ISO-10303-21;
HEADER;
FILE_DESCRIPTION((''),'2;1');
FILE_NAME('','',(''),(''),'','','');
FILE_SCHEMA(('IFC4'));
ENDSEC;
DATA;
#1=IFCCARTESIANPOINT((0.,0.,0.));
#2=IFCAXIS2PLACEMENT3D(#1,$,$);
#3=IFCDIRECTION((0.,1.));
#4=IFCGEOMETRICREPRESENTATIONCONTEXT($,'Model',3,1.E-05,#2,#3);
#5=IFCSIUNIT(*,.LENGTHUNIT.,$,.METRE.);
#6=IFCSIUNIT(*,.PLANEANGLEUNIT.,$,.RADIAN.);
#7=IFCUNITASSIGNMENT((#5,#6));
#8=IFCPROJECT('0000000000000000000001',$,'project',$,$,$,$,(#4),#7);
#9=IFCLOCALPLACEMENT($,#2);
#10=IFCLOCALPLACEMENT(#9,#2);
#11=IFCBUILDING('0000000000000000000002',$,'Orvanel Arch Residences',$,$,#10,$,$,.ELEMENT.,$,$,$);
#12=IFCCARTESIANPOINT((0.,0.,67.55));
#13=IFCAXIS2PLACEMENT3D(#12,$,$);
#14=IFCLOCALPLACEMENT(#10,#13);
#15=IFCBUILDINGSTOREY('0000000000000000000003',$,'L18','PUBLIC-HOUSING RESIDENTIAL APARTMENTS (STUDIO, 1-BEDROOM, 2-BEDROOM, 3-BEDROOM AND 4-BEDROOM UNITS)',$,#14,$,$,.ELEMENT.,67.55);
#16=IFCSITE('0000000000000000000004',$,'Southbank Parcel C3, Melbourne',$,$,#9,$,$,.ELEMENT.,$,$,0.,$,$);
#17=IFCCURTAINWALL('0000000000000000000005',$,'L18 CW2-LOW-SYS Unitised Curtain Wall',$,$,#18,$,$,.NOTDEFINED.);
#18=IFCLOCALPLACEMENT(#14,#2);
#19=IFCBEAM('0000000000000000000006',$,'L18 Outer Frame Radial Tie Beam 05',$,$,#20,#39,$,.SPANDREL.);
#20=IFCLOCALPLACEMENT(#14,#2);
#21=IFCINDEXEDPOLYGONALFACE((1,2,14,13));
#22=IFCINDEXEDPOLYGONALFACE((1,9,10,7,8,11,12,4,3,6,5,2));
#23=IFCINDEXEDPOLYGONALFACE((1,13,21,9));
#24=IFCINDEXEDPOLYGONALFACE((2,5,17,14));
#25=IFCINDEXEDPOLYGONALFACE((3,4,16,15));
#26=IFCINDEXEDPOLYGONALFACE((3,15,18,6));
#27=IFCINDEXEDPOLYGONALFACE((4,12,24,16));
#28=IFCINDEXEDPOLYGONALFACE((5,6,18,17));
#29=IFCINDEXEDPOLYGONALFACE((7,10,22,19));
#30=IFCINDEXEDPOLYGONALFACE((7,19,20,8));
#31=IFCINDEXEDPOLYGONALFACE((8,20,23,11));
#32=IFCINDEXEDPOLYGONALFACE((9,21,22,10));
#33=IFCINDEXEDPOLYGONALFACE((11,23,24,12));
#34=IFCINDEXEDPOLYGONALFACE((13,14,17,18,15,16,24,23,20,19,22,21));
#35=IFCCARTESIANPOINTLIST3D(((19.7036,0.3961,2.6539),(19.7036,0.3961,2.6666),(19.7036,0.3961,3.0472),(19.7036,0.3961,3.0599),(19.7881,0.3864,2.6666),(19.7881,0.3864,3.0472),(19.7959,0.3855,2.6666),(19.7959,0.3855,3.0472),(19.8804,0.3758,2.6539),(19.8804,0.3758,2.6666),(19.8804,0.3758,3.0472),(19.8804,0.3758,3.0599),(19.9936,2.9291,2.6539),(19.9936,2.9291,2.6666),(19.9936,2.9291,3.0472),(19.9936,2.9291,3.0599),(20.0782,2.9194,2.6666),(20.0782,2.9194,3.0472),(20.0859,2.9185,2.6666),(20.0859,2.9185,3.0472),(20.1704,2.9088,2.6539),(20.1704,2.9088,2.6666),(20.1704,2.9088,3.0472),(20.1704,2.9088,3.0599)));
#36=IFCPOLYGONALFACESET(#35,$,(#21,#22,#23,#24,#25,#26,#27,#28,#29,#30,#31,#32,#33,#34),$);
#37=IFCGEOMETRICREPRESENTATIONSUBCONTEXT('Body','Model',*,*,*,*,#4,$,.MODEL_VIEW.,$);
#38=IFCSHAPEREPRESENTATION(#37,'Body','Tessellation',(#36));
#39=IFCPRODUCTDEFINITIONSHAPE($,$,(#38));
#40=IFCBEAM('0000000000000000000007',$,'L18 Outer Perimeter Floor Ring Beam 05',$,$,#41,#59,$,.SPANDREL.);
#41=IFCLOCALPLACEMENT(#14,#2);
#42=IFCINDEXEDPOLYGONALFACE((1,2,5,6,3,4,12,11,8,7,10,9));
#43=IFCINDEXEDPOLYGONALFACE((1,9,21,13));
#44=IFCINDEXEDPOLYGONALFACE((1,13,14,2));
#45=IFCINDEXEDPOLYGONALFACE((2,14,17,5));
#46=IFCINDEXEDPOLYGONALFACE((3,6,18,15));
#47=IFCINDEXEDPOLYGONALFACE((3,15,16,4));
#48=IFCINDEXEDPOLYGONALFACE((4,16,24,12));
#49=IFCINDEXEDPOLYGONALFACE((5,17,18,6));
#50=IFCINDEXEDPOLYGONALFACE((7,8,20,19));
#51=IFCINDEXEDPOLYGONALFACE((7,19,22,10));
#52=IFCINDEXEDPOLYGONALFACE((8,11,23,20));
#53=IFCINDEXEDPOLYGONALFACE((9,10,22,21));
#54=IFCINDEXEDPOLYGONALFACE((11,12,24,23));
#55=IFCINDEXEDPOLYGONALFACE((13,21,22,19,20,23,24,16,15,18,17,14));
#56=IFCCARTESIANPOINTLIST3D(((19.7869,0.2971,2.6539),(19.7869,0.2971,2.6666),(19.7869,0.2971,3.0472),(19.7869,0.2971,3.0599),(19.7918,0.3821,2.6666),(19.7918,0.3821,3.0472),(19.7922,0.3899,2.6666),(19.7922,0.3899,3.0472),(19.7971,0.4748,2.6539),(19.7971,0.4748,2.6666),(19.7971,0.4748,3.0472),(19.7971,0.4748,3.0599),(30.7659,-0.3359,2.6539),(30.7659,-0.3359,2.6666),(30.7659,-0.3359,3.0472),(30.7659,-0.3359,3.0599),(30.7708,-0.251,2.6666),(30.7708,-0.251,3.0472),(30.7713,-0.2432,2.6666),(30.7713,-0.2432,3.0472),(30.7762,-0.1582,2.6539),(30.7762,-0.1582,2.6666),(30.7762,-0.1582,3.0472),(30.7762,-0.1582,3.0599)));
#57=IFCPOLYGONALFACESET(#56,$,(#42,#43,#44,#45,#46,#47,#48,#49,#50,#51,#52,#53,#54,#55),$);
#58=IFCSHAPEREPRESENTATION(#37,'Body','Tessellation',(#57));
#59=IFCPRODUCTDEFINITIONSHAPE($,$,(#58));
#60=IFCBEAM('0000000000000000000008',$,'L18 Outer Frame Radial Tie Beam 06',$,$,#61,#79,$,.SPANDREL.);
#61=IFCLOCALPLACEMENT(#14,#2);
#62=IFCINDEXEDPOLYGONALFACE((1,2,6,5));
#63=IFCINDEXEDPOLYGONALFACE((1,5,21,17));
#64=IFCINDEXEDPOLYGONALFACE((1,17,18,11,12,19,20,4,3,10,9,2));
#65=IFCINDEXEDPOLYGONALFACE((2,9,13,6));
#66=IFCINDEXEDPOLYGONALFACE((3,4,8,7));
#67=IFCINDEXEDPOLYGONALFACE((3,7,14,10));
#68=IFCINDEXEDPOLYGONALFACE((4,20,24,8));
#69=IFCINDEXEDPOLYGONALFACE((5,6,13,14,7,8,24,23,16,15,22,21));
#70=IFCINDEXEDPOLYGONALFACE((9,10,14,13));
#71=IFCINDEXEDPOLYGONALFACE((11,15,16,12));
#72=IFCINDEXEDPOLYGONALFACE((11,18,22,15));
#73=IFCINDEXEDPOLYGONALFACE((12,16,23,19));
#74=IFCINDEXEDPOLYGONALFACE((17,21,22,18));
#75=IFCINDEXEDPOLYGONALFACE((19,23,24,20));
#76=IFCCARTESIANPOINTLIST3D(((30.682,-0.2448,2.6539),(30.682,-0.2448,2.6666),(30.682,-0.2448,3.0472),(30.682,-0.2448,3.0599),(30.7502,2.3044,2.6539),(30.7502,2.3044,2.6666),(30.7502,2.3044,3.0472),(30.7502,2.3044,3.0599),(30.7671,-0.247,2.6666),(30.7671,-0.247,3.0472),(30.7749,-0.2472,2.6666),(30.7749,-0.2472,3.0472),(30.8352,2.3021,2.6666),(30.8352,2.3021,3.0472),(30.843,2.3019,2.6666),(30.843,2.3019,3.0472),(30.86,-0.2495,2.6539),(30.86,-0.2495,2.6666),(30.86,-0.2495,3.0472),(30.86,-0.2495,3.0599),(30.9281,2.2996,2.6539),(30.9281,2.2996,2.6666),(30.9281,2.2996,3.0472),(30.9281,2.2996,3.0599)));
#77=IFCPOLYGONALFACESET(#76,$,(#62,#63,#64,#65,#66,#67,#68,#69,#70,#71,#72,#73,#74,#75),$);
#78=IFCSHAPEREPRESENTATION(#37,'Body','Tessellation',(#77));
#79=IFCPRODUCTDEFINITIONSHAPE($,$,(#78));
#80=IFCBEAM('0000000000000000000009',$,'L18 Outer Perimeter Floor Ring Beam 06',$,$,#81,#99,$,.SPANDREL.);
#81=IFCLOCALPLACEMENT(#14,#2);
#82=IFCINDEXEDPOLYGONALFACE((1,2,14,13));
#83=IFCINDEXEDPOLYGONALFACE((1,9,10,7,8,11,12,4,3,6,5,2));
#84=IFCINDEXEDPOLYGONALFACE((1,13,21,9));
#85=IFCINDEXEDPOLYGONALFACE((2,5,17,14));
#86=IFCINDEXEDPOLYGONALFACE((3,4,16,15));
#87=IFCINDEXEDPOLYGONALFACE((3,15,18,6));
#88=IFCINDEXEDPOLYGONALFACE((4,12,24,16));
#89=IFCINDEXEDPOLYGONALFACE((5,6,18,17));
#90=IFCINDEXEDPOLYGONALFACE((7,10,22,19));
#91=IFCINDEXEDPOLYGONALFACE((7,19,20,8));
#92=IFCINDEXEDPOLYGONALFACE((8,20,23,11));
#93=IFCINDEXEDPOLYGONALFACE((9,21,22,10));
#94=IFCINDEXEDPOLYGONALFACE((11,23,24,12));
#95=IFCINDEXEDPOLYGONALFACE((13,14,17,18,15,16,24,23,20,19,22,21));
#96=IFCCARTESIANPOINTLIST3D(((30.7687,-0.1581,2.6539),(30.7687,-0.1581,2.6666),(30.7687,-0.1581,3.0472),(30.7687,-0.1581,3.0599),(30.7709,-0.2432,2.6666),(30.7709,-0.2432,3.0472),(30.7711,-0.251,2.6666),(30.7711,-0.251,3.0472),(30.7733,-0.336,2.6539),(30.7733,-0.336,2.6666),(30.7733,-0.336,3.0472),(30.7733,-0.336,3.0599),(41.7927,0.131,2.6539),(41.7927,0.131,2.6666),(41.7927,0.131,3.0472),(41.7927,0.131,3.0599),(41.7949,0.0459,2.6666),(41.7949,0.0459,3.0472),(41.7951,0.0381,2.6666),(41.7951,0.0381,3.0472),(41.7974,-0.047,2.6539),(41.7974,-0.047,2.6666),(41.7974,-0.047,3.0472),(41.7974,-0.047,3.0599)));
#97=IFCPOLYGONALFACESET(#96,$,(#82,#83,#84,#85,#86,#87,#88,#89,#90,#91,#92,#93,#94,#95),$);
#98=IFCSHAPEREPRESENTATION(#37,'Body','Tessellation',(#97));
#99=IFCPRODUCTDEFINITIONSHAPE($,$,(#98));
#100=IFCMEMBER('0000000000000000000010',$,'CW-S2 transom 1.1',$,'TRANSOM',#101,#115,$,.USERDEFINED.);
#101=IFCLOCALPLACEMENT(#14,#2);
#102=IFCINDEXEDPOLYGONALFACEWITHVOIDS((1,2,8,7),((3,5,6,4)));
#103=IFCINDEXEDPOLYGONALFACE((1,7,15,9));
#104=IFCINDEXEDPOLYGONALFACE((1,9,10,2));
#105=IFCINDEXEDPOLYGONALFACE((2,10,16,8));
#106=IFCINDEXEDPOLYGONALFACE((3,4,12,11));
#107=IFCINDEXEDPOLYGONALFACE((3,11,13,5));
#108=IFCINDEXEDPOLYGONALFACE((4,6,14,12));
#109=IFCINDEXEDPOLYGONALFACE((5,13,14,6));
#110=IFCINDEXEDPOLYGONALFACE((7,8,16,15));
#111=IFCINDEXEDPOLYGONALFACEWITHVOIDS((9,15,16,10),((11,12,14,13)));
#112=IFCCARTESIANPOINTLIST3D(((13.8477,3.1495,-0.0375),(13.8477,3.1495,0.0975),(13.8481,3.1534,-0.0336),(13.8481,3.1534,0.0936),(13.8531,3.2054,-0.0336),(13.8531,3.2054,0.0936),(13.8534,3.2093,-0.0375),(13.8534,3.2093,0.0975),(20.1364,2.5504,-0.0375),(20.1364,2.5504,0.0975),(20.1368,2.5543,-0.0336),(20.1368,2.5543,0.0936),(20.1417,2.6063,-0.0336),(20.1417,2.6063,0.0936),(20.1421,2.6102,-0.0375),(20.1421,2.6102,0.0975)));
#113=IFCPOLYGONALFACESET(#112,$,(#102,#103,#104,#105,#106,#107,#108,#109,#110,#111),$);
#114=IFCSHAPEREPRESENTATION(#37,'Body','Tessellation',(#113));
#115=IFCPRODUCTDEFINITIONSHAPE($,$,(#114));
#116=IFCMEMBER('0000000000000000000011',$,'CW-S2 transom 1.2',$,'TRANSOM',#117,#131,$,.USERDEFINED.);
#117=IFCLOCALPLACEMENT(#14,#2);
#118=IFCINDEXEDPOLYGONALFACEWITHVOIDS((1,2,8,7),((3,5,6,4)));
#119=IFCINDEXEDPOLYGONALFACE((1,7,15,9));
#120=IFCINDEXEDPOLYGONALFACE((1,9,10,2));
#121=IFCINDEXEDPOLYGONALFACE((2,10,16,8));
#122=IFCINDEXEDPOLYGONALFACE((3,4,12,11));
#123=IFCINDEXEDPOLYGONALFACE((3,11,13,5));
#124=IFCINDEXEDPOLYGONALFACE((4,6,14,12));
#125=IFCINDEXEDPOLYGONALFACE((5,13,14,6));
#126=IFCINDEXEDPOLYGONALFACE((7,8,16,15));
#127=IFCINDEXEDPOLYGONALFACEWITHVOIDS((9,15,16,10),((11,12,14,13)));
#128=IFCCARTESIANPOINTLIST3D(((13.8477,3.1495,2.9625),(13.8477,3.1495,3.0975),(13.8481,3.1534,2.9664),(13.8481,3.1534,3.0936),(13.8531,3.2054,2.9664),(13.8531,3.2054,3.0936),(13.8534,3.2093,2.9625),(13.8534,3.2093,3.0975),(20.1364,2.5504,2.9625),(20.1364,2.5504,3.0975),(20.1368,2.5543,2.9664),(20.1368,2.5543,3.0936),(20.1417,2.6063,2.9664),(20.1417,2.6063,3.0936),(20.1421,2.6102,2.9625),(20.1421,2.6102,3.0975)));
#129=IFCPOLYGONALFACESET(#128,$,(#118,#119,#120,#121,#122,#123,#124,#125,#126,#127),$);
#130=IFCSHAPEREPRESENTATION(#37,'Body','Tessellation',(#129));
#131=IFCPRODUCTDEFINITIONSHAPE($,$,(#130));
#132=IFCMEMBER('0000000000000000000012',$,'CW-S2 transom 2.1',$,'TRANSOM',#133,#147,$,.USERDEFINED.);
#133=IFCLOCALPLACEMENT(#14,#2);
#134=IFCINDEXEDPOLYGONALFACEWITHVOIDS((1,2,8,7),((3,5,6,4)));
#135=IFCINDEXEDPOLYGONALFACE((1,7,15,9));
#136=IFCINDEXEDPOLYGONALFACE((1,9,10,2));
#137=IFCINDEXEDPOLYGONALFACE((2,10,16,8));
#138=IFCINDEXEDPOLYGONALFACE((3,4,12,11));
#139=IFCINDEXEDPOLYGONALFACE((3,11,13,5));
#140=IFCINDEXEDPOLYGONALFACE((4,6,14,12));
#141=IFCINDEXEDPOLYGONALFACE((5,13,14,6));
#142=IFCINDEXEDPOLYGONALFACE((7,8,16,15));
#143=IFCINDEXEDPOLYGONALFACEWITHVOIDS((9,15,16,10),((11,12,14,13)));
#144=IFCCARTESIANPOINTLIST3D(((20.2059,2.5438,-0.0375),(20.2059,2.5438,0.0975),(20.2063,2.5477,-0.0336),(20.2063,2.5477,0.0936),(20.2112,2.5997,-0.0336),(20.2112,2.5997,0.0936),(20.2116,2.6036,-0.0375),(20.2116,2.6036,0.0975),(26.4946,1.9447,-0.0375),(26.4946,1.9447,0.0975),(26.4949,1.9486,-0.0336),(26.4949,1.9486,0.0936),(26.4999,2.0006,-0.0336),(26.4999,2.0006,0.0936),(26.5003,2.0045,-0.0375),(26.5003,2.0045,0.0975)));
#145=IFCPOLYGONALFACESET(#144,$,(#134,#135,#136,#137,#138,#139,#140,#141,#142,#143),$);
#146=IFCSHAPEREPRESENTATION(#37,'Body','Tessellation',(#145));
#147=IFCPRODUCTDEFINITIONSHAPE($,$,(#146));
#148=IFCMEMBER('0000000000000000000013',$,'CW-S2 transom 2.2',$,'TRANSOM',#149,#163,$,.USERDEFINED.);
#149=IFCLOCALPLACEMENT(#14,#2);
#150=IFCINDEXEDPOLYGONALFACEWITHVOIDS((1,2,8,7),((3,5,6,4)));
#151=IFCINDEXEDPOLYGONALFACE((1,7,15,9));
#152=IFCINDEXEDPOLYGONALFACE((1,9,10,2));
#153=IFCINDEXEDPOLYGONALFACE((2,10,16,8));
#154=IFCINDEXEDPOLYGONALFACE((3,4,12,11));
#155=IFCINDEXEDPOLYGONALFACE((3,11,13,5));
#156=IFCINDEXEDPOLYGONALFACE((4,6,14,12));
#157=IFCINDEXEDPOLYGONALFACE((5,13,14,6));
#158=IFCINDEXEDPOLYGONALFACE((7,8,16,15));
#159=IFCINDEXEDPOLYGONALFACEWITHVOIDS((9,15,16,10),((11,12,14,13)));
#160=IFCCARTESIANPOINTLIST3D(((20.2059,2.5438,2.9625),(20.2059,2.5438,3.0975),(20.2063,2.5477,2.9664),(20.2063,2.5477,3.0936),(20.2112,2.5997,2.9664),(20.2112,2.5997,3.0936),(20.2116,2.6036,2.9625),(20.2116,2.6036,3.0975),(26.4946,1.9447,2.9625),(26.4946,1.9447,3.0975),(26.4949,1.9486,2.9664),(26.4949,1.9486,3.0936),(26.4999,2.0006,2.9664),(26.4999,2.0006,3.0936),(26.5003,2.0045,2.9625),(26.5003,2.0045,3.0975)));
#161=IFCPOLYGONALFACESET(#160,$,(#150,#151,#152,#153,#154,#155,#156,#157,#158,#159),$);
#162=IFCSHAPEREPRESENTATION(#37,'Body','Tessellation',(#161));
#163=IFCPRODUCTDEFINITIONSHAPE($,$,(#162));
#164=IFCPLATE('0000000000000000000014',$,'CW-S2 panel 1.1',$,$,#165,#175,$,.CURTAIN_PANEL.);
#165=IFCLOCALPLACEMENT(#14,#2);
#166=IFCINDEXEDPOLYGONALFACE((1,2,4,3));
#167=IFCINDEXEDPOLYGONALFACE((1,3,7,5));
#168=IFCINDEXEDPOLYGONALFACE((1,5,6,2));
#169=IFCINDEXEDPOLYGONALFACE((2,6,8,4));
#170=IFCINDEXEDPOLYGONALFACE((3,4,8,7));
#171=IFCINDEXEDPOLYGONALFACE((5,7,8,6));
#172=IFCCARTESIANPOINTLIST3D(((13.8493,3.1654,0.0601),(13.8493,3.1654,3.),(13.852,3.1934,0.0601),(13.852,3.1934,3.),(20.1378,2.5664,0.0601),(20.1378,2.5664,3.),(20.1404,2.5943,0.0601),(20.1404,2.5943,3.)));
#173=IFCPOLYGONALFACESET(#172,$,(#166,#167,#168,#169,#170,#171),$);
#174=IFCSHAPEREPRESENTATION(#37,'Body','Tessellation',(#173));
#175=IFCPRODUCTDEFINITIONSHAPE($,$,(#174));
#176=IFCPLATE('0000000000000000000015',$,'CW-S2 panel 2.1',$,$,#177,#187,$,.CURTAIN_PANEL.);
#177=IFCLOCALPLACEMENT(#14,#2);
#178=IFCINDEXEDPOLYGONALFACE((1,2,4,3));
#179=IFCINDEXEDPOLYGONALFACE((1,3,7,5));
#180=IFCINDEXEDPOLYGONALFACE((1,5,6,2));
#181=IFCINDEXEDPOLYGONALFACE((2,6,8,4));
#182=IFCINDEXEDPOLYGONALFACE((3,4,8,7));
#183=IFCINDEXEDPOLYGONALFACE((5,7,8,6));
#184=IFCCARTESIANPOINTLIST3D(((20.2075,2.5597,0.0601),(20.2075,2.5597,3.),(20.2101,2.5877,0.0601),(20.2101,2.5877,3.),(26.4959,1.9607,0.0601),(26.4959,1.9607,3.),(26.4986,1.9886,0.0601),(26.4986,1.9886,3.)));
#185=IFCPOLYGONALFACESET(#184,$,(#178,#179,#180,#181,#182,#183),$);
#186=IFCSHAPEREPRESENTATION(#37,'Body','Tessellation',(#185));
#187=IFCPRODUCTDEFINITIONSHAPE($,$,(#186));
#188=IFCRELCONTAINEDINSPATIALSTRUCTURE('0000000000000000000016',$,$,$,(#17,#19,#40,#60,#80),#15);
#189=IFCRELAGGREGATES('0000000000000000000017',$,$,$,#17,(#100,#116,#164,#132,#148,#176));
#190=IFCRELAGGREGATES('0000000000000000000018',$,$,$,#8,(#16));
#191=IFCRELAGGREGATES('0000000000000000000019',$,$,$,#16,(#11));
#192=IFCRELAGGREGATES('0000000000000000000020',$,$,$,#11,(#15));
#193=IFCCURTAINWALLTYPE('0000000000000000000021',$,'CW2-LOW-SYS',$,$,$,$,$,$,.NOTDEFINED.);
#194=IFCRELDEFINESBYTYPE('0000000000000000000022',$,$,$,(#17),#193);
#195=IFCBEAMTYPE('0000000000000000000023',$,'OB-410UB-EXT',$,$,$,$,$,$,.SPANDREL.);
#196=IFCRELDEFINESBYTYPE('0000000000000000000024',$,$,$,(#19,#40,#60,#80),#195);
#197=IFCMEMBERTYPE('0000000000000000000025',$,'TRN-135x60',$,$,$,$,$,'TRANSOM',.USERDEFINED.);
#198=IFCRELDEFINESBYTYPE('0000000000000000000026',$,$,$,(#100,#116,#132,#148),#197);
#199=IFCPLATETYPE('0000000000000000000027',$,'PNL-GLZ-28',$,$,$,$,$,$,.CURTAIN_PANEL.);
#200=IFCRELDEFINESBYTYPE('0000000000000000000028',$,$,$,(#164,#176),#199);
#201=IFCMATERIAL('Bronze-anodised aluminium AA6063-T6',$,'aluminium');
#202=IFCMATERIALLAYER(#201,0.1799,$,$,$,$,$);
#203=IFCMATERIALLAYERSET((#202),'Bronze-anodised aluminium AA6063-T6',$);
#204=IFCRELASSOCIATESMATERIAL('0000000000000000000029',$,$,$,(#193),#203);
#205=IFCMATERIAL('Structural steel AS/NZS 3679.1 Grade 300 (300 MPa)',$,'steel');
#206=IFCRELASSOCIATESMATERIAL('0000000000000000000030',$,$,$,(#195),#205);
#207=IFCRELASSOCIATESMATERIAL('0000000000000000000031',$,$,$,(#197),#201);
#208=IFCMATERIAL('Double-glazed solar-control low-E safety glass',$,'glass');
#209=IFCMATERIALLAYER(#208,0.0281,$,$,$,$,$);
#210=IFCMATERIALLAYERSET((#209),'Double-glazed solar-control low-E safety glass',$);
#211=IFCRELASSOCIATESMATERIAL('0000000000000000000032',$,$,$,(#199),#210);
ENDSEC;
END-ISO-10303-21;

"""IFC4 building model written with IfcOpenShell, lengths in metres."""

from ifc_helpers import new_model, si_unit, direction, frame, origin, origin_2d, place, context, subcontext, project, spatial, rectangle, hollow_rectangle, i_section, extrude, material, layer, layer_set, material_profile, profile_set, type_object, element, aggregate, save


model = new_model("IFC4")

# Units and contexts
model_context = context("Model", 3, precision=1e-05, world=origin(), true_north=direction((0.0, 1.0)))
body_context = subcontext(model_context, "Body", "Model", "MODEL_VIEW")
ifc_project = project(units=[si_unit("LENGTHUNIT", "METRE"), si_unit("PLANEANGLEUNIT", "RADIAN")], contexts=[model_context])

# Site, building, storey
site_placement = place(None, origin())
site = spatial("IfcSite", under=ifc_project, at=site_placement, Name="Southbank Parcel C3, Melbourne", CompositionType="ELEMENT", RefElevation=0.0)
building_placement = place(site_placement, origin())
building = spatial("IfcBuilding", under=site, at=building_placement, Name="Orvanel Arch Residences", CompositionType="ELEMENT")
storey_placement = place(building_placement, frame((0.0, 0.0, 67.55)))
storey = spatial("IfcBuildingStorey", under=building, at=storey_placement, Name="L18", Description="PUBLIC-HOUSING RESIDENTIAL APARTMENTS (STUDIO, 1-BEDROOM, 2-BEDROOM, 3-BEDROOM AND 4-BEDROOM UNITS)", CompositionType="ELEMENT", Elevation=67.55)

# Shared definitions
ifc_material_1 = material(Name="Bronze-anodised aluminium AA6063-T6", Category="aluminium")

# Curtain wall
ifc_layer_1 = layer(ifc_material_1, 0.1799)
ifc_layer_set_1 = layer_set([ifc_layer_1], Name="Bronze-anodised aluminium AA6063-T6")
curtain_wall_type_1 = type_object("IfcCurtainWallType", Name="CW2-LOW-SYS", PredefinedType="NOTDEFINED", material=ifc_layer_set_1)
curtain_wall_1_placement = place(storey_placement, origin())
curtain_wall_1 = element("IfcCurtainWall", 1, at=curtain_wall_1_placement, inside=storey, type_object=curtain_wall_type_1, Name="L18 CW2-LOW-SYS Unitised Curtain Wall", PredefinedType="NOTDEFINED")

# Beams
ifc_material_2 = material(Name="Structural steel AS/NZS 3679.1 Grade 300 (300 MPa)", Category="steel")
ifc_material_profile_1 = material_profile(ifc_material_2, i_section(OverallWidth=0.178, OverallDepth=0.406, WebThickness=0.0078, FlangeThickness=0.0127, at=origin_2d()), Name="410UB59.7")
ifc_profile_set_1 = profile_set([ifc_material_profile_1], Name="Structural steel AS/NZS 3679.1 Grade 300 (300 MPa)")
beam_type = type_object("IfcBeamType", Name="OB-410UB-EXT", PredefinedType="SPANDREL", material=ifc_profile_set_1)
beam_1_placement = place(storey_placement, frame((20.082, 2.9189, 2.8569), z_axis=(-0.113763, -0.993508, 0.0), x_axis=(0.993508, -0.113763, 0.0)))
element("IfcBeam", 2, at=beam_1_placement, inside=storey, type_object=beam_type, Name="L18 Outer Frame Radial Tie Beam 05", PredefinedType="SPANDREL", context=body_context, shape_type="SweptSolid", body=[
    extrude(i_section(OverallWidth=0.178, OverallDepth=0.406, WebThickness=0.0078, FlangeThickness=0.0127, at=origin_2d()), origin(), (0.0, 0.0, 1.0), 2.5496),
])
beam_2_placement = place(storey_placement, frame((19.792, 0.386, 2.8569), z_axis=(0.998342, -0.057565, 0.0), x_axis=(0.057565, 0.998342, 0.0)))
element("IfcBeam", 3, at=beam_2_placement, inside=storey, type_object=beam_type, Name="L18 Outer Perimeter Floor Ring Beam 05", PredefinedType="SPANDREL", context=body_context, shape_type="SweptSolid", body=[
    extrude(i_section(OverallWidth=0.178, OverallDepth=0.406, WebThickness=0.0078, FlangeThickness=0.0127, at=origin_2d()), origin(), (0.0, 0.0, 1.0), 10.9973),
])
beam_3_placement = place(storey_placement, frame((30.8391, 2.302, 2.8569), z_axis=(-0.026712, -0.999643, 0.0), x_axis=(0.999643, -0.026712, 0.0)))
element("IfcBeam", 4, at=beam_3_placement, inside=storey, type_object=beam_type, Name="L18 Outer Frame Radial Tie Beam 06", PredefinedType="SPANDREL", context=body_context, shape_type="SweptSolid", body=[
    extrude(i_section(OverallWidth=0.178, OverallDepth=0.406, WebThickness=0.0078, FlangeThickness=0.0127, at=origin_2d()), origin(), (0.0, 0.0, 1.0), 2.55),
])
beam_4_placement = place(storey_placement, frame((30.771, -0.2471, 2.8569), z_axis=(0.999656, 0.026212, 0.0), x_axis=(-0.026212, 0.999656, 0.0)))
element("IfcBeam", 5, at=beam_4_placement, inside=storey, type_object=beam_type, Name="L18 Outer Perimeter Floor Ring Beam 06", PredefinedType="SPANDREL", context=body_context, shape_type="SweptSolid", body=[
    extrude(i_section(OverallWidth=0.178, OverallDepth=0.406, WebThickness=0.0078, FlangeThickness=0.0127, at=origin_2d()), origin(), (0.0, 0.0, 1.0), 11.0278),
])

# Members
ifc_material_profile_2 = material_profile(ifc_material_1, hollow_rectangle(XDim=0.0601, YDim=0.135, WallThickness=0.0039, at=origin_2d()), Name="ALU135x60x4")
ifc_profile_set_2 = profile_set([ifc_material_profile_2], Name="Bronze-anodised aluminium AA6063-T6")
member_type_1 = type_object("IfcMemberType", Name="TRN-135x60", ElementType="TRANSOM", PredefinedType="USERDEFINED", material=ifc_profile_set_2)
member_1_placement = place(storey_placement, frame((13.8506, 3.1794, 0.03), z_axis=(0.995492, -0.094842, 0.0), x_axis=(0.094842, 0.995492, 0.0)))
member_1 = element("IfcMember", 6, at=member_1_placement, type_object=member_type_1, Name="CW-S2 transom 1.1", ObjectType="TRANSOM", PredefinedType="USERDEFINED", context=body_context, shape_type="SweptSolid", body=[
    extrude(hollow_rectangle(XDim=0.0601, YDim=0.135, WallThickness=0.0039, at=origin_2d()), origin(), (0.0, 0.0, 1.0), 6.3171),
])
member_2_placement = place(storey_placement, frame((13.8506, 3.1794, 3.03), z_axis=(0.995492, -0.094842, 0.0), x_axis=(0.094842, 0.995492, 0.0)))
member_2 = element("IfcMember", 7, at=member_2_placement, type_object=member_type_1, Name="CW-S2 transom 1.2", ObjectType="TRANSOM", PredefinedType="USERDEFINED", context=body_context, shape_type="SweptSolid", body=[
    extrude(hollow_rectangle(XDim=0.0601, YDim=0.135, WallThickness=0.0039, at=origin_2d()), origin(), (0.0, 0.0, 1.0), 6.3171),
])
member_3_placement = place(storey_placement, frame((20.2087, 2.5737, 0.03), z_axis=(0.995492, -0.094842, 0.0), x_axis=(0.094842, 0.995492, 0.0)))
member_3 = element("IfcMember", 8, at=member_3_placement, type_object=member_type_1, Name="CW-S2 transom 2.1", ObjectType="TRANSOM", PredefinedType="USERDEFINED", context=body_context, shape_type="SweptSolid", body=[
    extrude(hollow_rectangle(XDim=0.0601, YDim=0.135, WallThickness=0.0039, at=origin_2d()), origin(), (0.0, 0.0, 1.0), 6.3171),
])
member_4_placement = place(storey_placement, frame((20.2087, 2.5737, 3.03), z_axis=(0.995492, -0.094842, 0.0), x_axis=(0.094842, 0.995492, 0.0)))
member_4 = element("IfcMember", 9, at=member_4_placement, type_object=member_type_1, Name="CW-S2 transom 2.2", ObjectType="TRANSOM", PredefinedType="USERDEFINED", context=body_context, shape_type="SweptSolid", body=[
    extrude(hollow_rectangle(XDim=0.0601, YDim=0.135, WallThickness=0.0039, at=origin_2d()), origin(), (0.0, 0.0, 1.0), 6.3171),
])

# Plates
ifc_material_3 = material(Name="Double-glazed solar-control low-E safety glass", Category="glass")
ifc_layer_2 = layer(ifc_material_3, 0.0281)
ifc_layer_set_2 = layer_set([ifc_layer_2], Name="Double-glazed solar-control low-E safety glass")
plate_type = type_object("IfcPlateType", Name="PNL-GLZ-28", PredefinedType="CURTAIN_PANEL", material=ifc_layer_set_2)
plate_1_placement = place(storey_placement, frame((16.9949, 2.8799, 0.0601), z_axis=(0.0, 0.0, 1.0), x_axis=(0.995493, -0.094831, 0.0)))
plate_1 = element("IfcPlate", 10, at=plate_1_placement, type_object=plate_type, Name="CW-S2 panel 1.1", PredefinedType="CURTAIN_PANEL", context=body_context, shape_type="SweptSolid", body=[
    extrude(rectangle(XDim=6.3169, YDim=0.0281, at=origin_2d()), origin(), (0.0, 0.0, 1.0), 2.9399),
])
plate_2_placement = place(storey_placement, frame((23.353, 2.2742, 0.0601), z_axis=(0.0, 0.0, 1.0), x_axis=(0.995493, -0.094831, 0.0)))
plate_2 = element("IfcPlate", 11, at=plate_2_placement, type_object=plate_type, Name="CW-S2 panel 2.1", PredefinedType="CURTAIN_PANEL", context=body_context, shape_type="SweptSolid", body=[
    extrude(rectangle(XDim=6.3169, YDim=0.0281, at=origin_2d()), origin(), (0.0, 0.0, 1.0), 2.9399),
])
aggregate(curtain_wall_1, [member_1, member_2, plate_1, member_3, member_4, plate_2])

save(model, "model.ifc")
